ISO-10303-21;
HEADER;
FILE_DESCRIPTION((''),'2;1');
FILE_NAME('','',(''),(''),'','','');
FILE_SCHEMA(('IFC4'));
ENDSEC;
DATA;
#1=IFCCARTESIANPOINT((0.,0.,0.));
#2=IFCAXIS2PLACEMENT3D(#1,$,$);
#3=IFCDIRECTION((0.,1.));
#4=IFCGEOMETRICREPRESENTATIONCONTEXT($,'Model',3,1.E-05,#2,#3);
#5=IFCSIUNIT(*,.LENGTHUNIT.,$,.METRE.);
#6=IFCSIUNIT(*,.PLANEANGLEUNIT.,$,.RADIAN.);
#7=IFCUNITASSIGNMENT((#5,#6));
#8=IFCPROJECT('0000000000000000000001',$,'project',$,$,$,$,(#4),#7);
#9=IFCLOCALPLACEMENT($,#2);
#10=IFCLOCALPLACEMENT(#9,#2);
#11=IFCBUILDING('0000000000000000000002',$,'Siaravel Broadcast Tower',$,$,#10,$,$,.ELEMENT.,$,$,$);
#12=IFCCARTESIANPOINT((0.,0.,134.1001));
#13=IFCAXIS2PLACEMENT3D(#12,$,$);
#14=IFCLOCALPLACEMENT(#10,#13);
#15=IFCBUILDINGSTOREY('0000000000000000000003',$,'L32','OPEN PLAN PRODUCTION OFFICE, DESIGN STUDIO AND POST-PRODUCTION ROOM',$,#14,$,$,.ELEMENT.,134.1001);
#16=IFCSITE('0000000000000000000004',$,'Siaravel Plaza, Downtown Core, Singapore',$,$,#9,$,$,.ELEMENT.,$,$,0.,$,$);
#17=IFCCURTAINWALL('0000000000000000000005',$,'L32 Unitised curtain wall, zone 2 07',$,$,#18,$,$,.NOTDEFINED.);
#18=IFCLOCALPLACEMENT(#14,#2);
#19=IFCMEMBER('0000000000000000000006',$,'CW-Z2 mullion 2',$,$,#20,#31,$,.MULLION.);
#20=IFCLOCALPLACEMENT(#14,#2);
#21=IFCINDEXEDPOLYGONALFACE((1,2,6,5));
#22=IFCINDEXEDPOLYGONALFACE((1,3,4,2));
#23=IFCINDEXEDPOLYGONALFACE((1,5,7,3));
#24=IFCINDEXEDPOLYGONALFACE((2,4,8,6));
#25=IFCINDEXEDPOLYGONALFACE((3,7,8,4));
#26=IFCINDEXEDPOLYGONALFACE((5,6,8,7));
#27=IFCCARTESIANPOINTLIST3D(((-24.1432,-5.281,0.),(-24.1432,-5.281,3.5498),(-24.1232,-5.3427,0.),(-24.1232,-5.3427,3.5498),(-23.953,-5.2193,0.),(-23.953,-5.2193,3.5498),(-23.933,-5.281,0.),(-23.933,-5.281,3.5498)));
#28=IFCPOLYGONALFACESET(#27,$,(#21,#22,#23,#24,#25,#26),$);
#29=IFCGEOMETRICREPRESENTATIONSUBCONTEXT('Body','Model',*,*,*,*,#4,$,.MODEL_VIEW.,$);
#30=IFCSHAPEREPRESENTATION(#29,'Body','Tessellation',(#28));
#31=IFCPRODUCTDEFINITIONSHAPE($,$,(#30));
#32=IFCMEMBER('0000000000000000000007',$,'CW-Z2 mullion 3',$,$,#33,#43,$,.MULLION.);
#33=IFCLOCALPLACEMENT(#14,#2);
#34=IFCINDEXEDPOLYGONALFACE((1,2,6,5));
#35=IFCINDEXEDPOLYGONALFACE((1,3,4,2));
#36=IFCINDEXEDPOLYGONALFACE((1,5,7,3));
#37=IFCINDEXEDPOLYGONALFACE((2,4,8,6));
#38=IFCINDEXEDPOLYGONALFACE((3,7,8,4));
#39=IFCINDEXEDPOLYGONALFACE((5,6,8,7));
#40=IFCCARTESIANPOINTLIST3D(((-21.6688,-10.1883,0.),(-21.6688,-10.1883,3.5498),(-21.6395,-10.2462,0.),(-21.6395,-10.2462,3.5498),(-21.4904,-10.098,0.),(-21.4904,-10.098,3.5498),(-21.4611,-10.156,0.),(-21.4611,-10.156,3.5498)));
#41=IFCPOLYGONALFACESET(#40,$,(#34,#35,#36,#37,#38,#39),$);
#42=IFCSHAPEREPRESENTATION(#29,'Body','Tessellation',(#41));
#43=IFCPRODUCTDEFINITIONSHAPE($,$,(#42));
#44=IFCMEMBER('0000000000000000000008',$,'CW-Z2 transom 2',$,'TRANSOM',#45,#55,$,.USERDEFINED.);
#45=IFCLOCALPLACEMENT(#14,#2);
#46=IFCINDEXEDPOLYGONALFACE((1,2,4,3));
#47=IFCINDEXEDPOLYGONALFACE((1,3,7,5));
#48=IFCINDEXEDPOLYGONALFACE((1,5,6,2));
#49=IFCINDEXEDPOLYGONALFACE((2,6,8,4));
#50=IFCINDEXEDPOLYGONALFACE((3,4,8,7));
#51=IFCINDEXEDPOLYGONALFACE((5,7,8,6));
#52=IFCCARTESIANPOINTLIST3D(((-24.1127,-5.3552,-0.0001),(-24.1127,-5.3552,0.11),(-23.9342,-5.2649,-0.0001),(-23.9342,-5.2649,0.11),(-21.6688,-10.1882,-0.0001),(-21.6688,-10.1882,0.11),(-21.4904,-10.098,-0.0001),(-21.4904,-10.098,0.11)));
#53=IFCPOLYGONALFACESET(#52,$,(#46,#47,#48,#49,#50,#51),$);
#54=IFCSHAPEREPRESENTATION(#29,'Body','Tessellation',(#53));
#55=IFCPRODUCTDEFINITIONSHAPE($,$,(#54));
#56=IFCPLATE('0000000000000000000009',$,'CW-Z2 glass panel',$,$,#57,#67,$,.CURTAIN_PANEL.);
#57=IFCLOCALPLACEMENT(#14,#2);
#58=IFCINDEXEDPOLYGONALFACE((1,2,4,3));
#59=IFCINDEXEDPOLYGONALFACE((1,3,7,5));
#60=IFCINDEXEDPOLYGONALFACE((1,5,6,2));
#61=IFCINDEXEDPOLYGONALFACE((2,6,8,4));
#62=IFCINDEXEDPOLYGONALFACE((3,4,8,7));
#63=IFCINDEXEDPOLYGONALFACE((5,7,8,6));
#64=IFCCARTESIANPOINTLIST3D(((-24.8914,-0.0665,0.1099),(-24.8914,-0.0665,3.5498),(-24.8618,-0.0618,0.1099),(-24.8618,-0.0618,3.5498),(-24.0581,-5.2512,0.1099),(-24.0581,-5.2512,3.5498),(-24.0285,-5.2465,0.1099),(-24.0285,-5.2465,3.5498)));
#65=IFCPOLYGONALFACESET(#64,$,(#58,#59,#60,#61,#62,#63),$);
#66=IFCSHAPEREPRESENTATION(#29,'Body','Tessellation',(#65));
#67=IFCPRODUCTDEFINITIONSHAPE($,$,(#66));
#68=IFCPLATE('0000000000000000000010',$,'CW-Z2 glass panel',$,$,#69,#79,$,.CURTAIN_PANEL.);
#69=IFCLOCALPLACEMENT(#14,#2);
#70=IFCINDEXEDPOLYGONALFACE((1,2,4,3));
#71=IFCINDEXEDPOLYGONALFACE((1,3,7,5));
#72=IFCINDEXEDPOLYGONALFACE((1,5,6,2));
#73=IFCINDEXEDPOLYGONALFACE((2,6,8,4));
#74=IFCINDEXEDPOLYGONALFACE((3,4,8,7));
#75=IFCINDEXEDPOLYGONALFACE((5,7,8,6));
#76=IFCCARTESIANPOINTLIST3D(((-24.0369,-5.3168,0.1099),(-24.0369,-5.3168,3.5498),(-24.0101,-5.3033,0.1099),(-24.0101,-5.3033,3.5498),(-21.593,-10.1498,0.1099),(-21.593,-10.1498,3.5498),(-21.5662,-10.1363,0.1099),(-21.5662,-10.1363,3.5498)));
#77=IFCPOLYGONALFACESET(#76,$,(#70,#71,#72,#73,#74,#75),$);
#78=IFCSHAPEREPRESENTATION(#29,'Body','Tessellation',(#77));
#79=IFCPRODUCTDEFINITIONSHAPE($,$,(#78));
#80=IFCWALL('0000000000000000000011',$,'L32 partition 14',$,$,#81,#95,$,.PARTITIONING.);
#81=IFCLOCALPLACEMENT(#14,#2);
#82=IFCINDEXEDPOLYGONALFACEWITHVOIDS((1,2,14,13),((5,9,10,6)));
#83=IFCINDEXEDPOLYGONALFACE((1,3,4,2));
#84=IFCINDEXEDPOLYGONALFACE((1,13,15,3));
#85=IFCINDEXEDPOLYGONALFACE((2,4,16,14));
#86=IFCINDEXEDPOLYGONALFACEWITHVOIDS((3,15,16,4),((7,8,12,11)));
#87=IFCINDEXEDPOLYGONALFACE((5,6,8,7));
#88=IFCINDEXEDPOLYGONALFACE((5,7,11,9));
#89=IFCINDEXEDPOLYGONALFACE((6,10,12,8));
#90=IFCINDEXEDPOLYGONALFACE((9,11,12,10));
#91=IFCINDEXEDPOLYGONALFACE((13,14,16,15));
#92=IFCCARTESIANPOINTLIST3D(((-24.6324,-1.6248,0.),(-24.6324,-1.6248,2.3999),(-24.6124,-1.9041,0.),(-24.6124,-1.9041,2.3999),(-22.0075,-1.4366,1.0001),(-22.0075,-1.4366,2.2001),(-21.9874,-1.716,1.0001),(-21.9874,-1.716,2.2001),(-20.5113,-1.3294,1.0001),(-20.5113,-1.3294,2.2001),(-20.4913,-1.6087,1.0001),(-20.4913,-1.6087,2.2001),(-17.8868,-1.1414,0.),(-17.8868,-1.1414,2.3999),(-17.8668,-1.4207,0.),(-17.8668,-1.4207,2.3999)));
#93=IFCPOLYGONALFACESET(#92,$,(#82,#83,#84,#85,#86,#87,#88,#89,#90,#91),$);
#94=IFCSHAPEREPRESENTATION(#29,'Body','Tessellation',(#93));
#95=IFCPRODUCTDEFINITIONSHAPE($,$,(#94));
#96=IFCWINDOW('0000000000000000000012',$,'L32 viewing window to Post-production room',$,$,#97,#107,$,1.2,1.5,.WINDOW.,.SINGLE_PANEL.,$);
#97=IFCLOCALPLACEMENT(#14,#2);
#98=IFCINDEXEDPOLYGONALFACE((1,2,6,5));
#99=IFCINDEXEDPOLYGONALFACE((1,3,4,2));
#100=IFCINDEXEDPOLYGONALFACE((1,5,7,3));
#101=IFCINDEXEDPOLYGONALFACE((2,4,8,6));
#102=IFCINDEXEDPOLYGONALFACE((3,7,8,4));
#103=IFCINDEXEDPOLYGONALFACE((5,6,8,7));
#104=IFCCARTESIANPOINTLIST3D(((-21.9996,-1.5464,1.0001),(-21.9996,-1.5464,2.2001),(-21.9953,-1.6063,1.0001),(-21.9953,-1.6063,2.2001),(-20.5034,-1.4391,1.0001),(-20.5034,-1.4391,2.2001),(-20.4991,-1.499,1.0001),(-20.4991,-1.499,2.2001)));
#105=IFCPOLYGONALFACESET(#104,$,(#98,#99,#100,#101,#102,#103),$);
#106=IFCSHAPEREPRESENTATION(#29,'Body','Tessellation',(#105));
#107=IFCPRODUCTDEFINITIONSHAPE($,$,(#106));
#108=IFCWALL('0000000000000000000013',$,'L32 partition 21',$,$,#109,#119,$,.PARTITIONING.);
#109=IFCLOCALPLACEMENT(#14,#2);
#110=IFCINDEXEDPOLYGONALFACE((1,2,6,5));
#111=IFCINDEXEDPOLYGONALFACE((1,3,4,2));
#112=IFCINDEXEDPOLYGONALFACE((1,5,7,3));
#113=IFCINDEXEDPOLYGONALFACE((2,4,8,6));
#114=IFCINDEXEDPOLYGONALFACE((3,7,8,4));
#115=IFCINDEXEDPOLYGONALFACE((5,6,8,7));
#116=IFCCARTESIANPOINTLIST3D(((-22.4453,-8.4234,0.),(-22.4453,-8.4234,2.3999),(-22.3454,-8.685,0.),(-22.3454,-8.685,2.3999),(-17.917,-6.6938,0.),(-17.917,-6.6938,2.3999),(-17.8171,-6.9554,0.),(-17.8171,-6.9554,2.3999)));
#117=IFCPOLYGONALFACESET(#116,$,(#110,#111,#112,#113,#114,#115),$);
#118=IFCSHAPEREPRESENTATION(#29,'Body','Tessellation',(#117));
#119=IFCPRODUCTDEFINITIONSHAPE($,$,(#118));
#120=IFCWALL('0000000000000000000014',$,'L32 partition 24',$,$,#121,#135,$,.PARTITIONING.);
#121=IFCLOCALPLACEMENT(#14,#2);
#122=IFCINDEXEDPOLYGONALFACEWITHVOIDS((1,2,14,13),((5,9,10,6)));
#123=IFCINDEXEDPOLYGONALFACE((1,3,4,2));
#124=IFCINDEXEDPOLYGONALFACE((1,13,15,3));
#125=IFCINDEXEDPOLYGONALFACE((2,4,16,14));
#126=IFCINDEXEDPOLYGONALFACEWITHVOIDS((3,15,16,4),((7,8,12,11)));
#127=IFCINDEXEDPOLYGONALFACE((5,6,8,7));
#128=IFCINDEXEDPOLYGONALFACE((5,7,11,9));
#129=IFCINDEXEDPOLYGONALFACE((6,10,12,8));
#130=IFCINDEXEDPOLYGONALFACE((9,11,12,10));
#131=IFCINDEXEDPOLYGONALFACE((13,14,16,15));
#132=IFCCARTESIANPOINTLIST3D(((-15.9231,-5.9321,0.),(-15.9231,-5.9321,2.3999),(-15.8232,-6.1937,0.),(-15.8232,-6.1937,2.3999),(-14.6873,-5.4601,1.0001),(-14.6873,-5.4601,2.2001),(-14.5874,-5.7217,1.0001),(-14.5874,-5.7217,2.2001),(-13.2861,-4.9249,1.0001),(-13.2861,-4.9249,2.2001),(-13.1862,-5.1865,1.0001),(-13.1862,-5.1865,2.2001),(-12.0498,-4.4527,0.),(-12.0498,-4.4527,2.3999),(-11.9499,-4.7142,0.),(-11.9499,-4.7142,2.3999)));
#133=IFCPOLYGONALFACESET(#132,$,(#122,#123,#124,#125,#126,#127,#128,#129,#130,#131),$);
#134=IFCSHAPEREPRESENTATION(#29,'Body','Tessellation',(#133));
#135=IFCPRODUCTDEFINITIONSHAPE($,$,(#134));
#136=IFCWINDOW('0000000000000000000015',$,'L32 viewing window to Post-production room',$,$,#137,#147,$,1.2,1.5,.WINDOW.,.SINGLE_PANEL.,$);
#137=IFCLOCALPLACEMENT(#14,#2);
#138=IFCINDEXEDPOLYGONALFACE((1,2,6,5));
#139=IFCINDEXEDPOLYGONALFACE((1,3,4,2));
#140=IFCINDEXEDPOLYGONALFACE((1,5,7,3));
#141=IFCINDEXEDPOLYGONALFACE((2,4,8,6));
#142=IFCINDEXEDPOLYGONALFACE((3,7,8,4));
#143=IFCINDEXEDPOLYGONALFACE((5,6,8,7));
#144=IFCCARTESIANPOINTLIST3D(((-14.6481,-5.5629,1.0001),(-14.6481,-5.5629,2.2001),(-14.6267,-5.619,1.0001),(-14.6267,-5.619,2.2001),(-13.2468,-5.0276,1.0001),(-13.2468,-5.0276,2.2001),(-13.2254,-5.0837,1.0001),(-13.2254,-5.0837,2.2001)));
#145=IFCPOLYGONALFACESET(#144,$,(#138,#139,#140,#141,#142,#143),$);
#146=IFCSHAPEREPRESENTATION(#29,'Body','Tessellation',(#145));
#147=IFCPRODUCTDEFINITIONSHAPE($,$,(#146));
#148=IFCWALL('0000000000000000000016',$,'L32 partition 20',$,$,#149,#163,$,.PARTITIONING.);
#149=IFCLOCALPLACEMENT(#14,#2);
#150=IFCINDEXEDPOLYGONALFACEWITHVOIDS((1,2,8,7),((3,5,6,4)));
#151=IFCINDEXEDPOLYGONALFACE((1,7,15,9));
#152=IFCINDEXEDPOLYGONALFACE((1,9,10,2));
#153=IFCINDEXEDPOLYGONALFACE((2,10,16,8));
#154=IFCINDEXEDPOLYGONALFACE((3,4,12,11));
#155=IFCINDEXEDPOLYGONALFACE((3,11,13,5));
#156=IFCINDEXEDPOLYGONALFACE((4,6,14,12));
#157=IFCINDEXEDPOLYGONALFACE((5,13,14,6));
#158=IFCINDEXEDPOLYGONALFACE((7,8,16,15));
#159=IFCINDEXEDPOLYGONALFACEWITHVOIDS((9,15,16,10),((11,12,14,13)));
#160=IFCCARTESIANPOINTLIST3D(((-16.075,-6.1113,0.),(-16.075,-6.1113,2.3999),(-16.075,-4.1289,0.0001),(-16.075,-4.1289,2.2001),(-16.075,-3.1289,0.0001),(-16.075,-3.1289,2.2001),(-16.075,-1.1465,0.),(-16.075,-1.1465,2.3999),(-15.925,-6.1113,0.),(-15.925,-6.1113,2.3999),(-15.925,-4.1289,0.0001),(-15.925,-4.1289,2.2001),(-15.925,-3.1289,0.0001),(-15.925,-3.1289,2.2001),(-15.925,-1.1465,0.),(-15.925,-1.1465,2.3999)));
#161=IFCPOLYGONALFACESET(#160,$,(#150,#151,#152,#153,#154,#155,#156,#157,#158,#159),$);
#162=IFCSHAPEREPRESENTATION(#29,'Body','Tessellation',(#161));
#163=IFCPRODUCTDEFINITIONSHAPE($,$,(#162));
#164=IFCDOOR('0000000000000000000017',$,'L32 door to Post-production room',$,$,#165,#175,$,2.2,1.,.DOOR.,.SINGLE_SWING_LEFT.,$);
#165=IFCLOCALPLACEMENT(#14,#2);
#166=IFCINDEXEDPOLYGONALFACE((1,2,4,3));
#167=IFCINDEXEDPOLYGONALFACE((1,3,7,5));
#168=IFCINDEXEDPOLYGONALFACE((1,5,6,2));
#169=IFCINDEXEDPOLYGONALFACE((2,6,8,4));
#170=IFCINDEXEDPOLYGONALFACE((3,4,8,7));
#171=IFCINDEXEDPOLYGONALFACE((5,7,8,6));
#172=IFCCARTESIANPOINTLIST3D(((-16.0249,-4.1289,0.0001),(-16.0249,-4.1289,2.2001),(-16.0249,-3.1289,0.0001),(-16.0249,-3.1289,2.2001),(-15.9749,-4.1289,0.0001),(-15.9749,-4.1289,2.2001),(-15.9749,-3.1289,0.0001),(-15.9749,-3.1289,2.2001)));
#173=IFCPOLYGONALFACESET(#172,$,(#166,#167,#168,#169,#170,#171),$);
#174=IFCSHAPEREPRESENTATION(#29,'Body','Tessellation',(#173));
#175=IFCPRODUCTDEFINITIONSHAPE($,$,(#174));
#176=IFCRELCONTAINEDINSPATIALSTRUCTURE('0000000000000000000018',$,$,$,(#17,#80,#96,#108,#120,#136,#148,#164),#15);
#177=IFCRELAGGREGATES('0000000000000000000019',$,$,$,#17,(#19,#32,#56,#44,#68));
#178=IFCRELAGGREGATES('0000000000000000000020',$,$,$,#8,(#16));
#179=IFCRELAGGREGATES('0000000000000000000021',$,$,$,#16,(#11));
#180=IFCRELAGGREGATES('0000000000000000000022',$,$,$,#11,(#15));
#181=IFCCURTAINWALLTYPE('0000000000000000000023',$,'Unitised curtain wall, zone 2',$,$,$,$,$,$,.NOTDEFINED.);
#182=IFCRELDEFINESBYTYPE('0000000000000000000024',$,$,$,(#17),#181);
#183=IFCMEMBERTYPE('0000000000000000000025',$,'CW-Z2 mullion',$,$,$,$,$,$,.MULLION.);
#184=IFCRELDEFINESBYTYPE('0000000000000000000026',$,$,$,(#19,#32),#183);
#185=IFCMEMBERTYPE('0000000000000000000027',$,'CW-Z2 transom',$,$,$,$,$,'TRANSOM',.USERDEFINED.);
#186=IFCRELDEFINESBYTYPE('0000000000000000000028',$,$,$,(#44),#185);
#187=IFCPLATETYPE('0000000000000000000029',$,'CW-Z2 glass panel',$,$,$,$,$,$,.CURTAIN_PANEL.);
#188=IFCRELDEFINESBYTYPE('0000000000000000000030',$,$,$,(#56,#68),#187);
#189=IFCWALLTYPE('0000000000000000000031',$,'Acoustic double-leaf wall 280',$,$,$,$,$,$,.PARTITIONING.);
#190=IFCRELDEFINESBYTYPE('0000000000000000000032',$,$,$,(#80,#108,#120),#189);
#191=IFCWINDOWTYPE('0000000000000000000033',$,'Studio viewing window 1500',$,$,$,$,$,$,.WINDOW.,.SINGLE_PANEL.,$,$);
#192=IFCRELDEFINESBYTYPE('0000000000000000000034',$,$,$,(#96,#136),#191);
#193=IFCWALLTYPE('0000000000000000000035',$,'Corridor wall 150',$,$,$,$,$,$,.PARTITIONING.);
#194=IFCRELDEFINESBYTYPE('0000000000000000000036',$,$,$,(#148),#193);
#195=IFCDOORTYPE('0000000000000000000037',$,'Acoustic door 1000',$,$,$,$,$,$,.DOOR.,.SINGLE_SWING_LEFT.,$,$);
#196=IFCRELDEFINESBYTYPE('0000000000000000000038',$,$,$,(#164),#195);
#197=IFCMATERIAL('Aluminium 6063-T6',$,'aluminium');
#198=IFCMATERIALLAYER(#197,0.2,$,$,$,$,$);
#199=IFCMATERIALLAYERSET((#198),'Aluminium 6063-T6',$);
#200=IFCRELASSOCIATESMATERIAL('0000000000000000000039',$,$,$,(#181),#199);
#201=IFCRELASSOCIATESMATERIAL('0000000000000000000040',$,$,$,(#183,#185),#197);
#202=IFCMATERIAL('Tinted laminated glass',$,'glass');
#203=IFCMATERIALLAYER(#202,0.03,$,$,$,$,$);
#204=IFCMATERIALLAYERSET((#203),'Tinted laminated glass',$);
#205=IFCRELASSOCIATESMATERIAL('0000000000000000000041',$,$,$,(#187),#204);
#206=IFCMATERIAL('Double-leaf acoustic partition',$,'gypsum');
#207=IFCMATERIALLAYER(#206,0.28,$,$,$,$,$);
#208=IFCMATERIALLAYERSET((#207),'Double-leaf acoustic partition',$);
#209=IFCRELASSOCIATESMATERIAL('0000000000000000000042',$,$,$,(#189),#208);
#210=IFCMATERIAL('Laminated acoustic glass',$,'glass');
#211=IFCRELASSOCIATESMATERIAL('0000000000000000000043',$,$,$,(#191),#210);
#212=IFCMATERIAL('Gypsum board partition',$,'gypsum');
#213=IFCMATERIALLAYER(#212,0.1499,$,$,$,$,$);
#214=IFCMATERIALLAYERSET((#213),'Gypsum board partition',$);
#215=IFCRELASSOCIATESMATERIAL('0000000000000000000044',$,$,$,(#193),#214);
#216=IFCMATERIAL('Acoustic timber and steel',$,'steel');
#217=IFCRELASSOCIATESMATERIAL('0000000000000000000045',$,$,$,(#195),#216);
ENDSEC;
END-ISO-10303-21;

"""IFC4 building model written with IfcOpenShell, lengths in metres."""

from ifc_helpers import new_model, si_unit, direction, frame, frame_2d, origin, origin_2d, place, context, subcontext, project, spatial, rectangle, extrude, material, layer, layer_set, material_profile, profile_set, type_object, element, fill, aggregate, save


model = new_model("IFC4")

# Units and contexts
model_context = context("Model", 3, precision=1e-05, world=origin(), true_north=direction((0.0, 1.0)))
body_context = subcontext(model_context, "Body", "Model", "MODEL_VIEW")
ifc_project = project(units=[si_unit("LENGTHUNIT", "METRE"), si_unit("PLANEANGLEUNIT", "RADIAN")], contexts=[model_context])

# Site, building, storey
site_placement = place(None, origin())
site = spatial("IfcSite", under=ifc_project, at=site_placement, Name="Siaravel Plaza, Downtown Core, Singapore", CompositionType="ELEMENT", RefElevation=0.0)
building_placement = place(site_placement, origin())
building = spatial("IfcBuilding", under=site, at=building_placement, Name="Siaravel Broadcast Tower", CompositionType="ELEMENT")
storey_placement = place(building_placement, frame((0.0, 0.0, 134.1001)))
storey = spatial("IfcBuildingStorey", under=building, at=storey_placement, Name="L32", Description="OPEN PLAN PRODUCTION OFFICE, DESIGN STUDIO AND POST-PRODUCTION ROOM", CompositionType="ELEMENT", Elevation=134.1001)

# Curtain wall, members, plates
ifc_material_1 = material(Name="Aluminium 6063-T6", Category="aluminium")
ifc_layer_1 = layer(ifc_material_1, 0.2)
ifc_layer_set_1 = layer_set([ifc_layer_1], Name="Aluminium 6063-T6")
curtain_wall_type = type_object("IfcCurtainWallType", Name="Unitised curtain wall, zone 2", PredefinedType="NOTDEFINED", material=ifc_layer_set_1)
curtain_wall_placement = place(storey_placement, origin())
curtain_wall = element("IfcCurtainWall", 1, at=curtain_wall_placement, inside=storey, type_object=curtain_wall_type, Name="L32 Unitised curtain wall, zone 2 07", PredefinedType="NOTDEFINED")
ifc_material_profile_1 = material_profile(ifc_material_1, rectangle(XDim=0.2, YDim=0.0649, at=origin_2d()))
ifc_profile_set_1 = profile_set([ifc_material_profile_1], Name="Aluminium 6063-T6")
member_type_1 = type_object("IfcMemberType", Name="CW-Z2 mullion", PredefinedType="MULLION", material=ifc_profile_set_1)
member_1_placement = place(storey_placement, frame((-24.0381, -5.281, 0.0), z_axis=(0.0, 0.0, 1.0), x_axis=(0.951178, 0.308644, 0.0)))
member_1 = element("IfcMember", 2, at=member_1_placement, type_object=member_type_1, Name="CW-Z2 mullion 2", PredefinedType="MULLION", context=body_context, shape_type="SweptSolid", body=[
    extrude(rectangle(XDim=0.2, YDim=0.0649, at=origin_2d()), origin(), (0.0, 0.0, 1.0), 3.5498),
])
member_2_placement = place(storey_placement, frame((-21.5649, -10.1721, 0.0), z_axis=(0.0, 0.0, 1.0), x_axis=(0.892393, 0.451259, 0.0)))
member_2 = element("IfcMember", 3, at=member_2_placement, type_object=member_type_1, Name="CW-Z2 mullion 3", PredefinedType="MULLION", context=body_context, shape_type="SweptSolid", body=[
    extrude(rectangle(XDim=0.2, YDim=0.0649, at=origin_2d()), origin(), (0.0, 0.0, 1.0), 3.5498),
])
ifc_material_profile_2 = material_profile(ifc_material_1, rectangle(XDim=0.2, YDim=0.1101, at=origin_2d()))
ifc_profile_set_2 = profile_set([ifc_material_profile_2], Name="Aluminium 6063-T6")
member_type_2 = type_object("IfcMemberType", Name="CW-Z2 transom", ElementType="TRANSOM", PredefinedType="USERDEFINED", material=ifc_profile_set_2)
member_3_placement = place(storey_placement, frame((-24.0234, -5.3101, 0.0549), z_axis=(0.451248, -0.892398, 0.0), x_axis=(0.892398, 0.451248, 0.0)))
member_3 = element("IfcMember", 4, at=member_3_placement, type_object=member_type_2, Name="CW-Z2 transom 2", ObjectType="TRANSOM", PredefinedType="USERDEFINED", context=body_context, shape_type="SweptSolid", body=[
    extrude(rectangle(XDim=0.2, YDim=0.1101, at=origin_2d()), origin(), (0.0, 0.0, 1.0), 5.4158),
])
ifc_material_2 = material(Name="Tinted laminated glass", Category="glass")
ifc_layer_2 = layer(ifc_material_2, 0.03)
ifc_layer_set_2 = layer_set([ifc_layer_2], Name="Tinted laminated glass")
plate_type = type_object("IfcPlateType", Name="CW-Z2 glass panel", PredefinedType="CURTAIN_PANEL", material=ifc_layer_set_2)
plate_1_placement = place(storey_placement, frame((-24.46, -2.6565, 0.1099), z_axis=(0.0, 0.0, 1.0), x_axis=(0.158685, -0.987329, 0.0)))
plate_1 = element("IfcPlate", 5, at=plate_1_placement, type_object=plate_type, Name="CW-Z2 glass panel", PredefinedType="CURTAIN_PANEL", context=body_context, shape_type="SweptSolid", body=[
    extrude(rectangle(XDim=5.2512, YDim=0.03, at=origin_2d()), origin(), (0.0, 0.0, 1.0), 3.4399),
])
plate_2_placement = place(storey_placement, frame((-22.8015, -7.7266, 0.1099), z_axis=(0.0, 0.0, 1.0), x_axis=(0.451259, -0.892393, 0.0)))
plate_2 = element("IfcPlate", 6, at=plate_2_placement, type_object=plate_type, Name="CW-Z2 glass panel", PredefinedType="CURTAIN_PANEL", context=body_context, shape_type="SweptSolid", body=[
    extrude(rectangle(XDim=5.4158, YDim=0.03, at=origin_2d()), origin(), (0.0, 0.0, 1.0), 3.4399),
])
aggregate(curtain_wall, [member_1, member_2, plate_1, member_3, plate_2])

# Wall, opening, window
ifc_material_3 = material(Name="Double-leaf acoustic partition", Category="gypsum")
ifc_layer_3 = layer(ifc_material_3, 0.28)
ifc_layer_set_3 = layer_set([ifc_layer_3], Name="Double-leaf acoustic partition")
wall_type_1 = type_object("IfcWallType", Name="Acoustic double-leaf wall 280", PredefinedType="PARTITIONING", material=ifc_layer_set_3)
wall_1_placement = place(storey_placement, frame((-24.6223, -1.7644, 0.0), z_axis=(0.0, 0.0, 1.0), x_axis=(0.997442, 0.071478, 0.0)))
wall_1 = element("IfcWall", 7, at=wall_1_placement, inside=storey, type_object=wall_type_1, Name="L32 partition 14", PredefinedType="PARTITIONING", context=body_context, shape_type="SweptSolid", body=[
    extrude(rectangle(XDim=6.7629, YDim=0.28, at=frame_2d((3.3813, 0.0))), origin(), (0.0, 0.0, 1.0), 2.3999),
])
opening_1_placement = place(wall_1_placement, frame((2.6316, 0.0, 1.0)))
opening_1 = element("IfcOpeningElement", 8, at=opening_1_placement, cuts=wall_1, PredefinedType="OPENING", context=body_context, shape_type="SweptSolid", body=[
    extrude(rectangle(XDim=1.5, YDim=1.2, at=frame_2d((0.75, 0.6001))), frame((0.0, 0.1499, 0.0), z_axis=(0.0, -1.0, 0.0), x_axis=(1.0, 0.0, 0.0)), (0.0, 0.0, 1.0), 0.3),
])
ifc_material_4 = material(Name="Laminated acoustic glass", Category="glass")
window_type = type_object("IfcWindowType", Name="Studio viewing window 1500", PartitioningType="SINGLE_PANEL", PredefinedType="WINDOW", material=ifc_material_4)
window_1_placement = place(opening_1_placement, origin())
window_1 = element("IfcWindow", 9, at=window_1_placement, inside=storey, type_object=window_type, Name="L32 viewing window to Post-production room", OverallHeight=1.2, OverallWidth=1.5, PartitioningType="SINGLE_PANEL", PredefinedType="WINDOW", context=body_context, shape_type="SweptSolid", body=[
    extrude(rectangle(XDim=1.5, YDim=1.2, at=frame_2d((0.75, 0.6001))), frame((0.0, 0.03, 0.0), z_axis=(0.0, -1.0, 0.0), x_axis=(1.0, 0.0, 0.0)), (0.0, 0.0, 1.0), 0.0601),
])
fill(opening_1, window_1)

# Wall
wall_2_placement = place(storey_placement, frame((-22.3955, -8.5542, 0.0), z_axis=(0.0, 0.0, 1.0), x_axis=(0.934184, 0.356791, 0.0)))
element("IfcWall", 10, at=wall_2_placement, inside=storey, type_object=wall_type_1, Name="L32 partition 21", PredefinedType="PARTITIONING", context=body_context, shape_type="SweptSolid", body=[
    extrude(rectangle(XDim=4.8474, YDim=0.28, at=frame_2d((2.4238, 0.0))), origin(), (0.0, 0.0, 1.0), 2.3999),
])

# Wall, opening, window
wall_3_placement = place(storey_placement, frame((-15.8733, -6.063, 0.0), z_axis=(0.0, 0.0, 1.0), x_axis=(0.93417, 0.356828, 0.0)))
wall_3 = element("IfcWall", 11, at=wall_3_placement, inside=storey, type_object=wall_type_1, Name="L32 partition 24", PredefinedType="PARTITIONING", context=body_context, shape_type="SweptSolid", body=[
    extrude(rectangle(XDim=4.1462, YDim=0.28, at=frame_2d((2.0732, 0.0))), origin(), (0.0, 0.0, 1.0), 2.3999),
])
opening_2_placement = place(wall_3_placement, frame((1.323, 0.0, 1.0)))
opening_2 = element("IfcOpeningElement", 12, at=opening_2_placement, cuts=wall_3, PredefinedType="OPENING", context=body_context, shape_type="SweptSolid", body=[
    extrude(rectangle(XDim=1.5, YDim=1.2, at=frame_2d((0.75, 0.6001))), frame((0.0, 0.1499, 0.0), z_axis=(0.0, -1.0, 0.0), x_axis=(1.0, 0.0, 0.0)), (0.0, 0.0, 1.0), 0.3),
])
window_2_placement = place(opening_2_placement, origin())
window_2 = element("IfcWindow", 13, at=window_2_placement, inside=storey, type_object=window_type, Name="L32 viewing window to Post-production room", OverallHeight=1.2, OverallWidth=1.5, PartitioningType="SINGLE_PANEL", PredefinedType="WINDOW", context=body_context, shape_type="SweptSolid", body=[
    extrude(rectangle(XDim=1.5, YDim=1.2, at=frame_2d((0.75, 0.6001))), frame((0.0, 0.03, 0.0), z_axis=(0.0, -1.0, 0.0), x_axis=(1.0, 0.0, 0.0)), (0.0, 0.0, 1.0), 0.0601),
])
fill(opening_2, window_2)

# Wall, opening, door
ifc_material_5 = material(Name="Gypsum board partition", Category="gypsum")
ifc_layer_4 = layer(ifc_material_5, 0.1499)
ifc_layer_set_4 = layer_set([ifc_layer_4], Name="Gypsum board partition")
wall_type_2 = type_object("IfcWallType", Name="Corridor wall 150", PredefinedType="PARTITIONING", material=ifc_layer_set_4)
wall_4_placement = place(storey_placement, frame((-16.0, -6.1113, 0.0), z_axis=(0.0, 0.0, 1.0), x_axis=(0.0, 1.0, 0.0)))
wall_4 = element("IfcWall", 14, at=wall_4_placement, inside=storey, type_object=wall_type_2, Name="L32 partition 20", PredefinedType="PARTITIONING", context=body_context, shape_type="SweptSolid", body=[
    extrude(rectangle(XDim=4.9648, YDim=0.1499, at=frame_2d((2.4824, 0.0))), origin(), (0.0, 0.0, 1.0), 2.3999),
])
opening_3_placement = place(wall_4_placement, frame((1.9824, 0.0, 0.0)))
opening_3 = element("IfcOpeningElement", 15, at=opening_3_placement, cuts=wall_4, PredefinedType="OPENING", context=body_context, shape_type="SweptSolid", body=[
    extrude(rectangle(XDim=1.0, YDim=2.2, at=frame_2d((0.5, 1.1001))), frame((0.0, 0.085, 0.0), z_axis=(0.0, -1.0, 0.0), x_axis=(1.0, 0.0, 0.0)), (0.0, 0.0, 1.0), 0.1699),
])
ifc_material_6 = material(Name="Acoustic timber and steel", Category="steel")
door_type = type_object("IfcDoorType", Name="Acoustic door 1000", OperationType="SINGLE_SWING_LEFT", PredefinedType="DOOR", material=ifc_material_6)
door_placement = place(opening_3_placement, origin())
door = element("IfcDoor", 16, at=door_placement, inside=storey, type_object=door_type, Name="L32 door to Post-production room", OperationType="SINGLE_SWING_LEFT", OverallHeight=2.2, OverallWidth=1.0, PredefinedType="DOOR", context=body_context, shape_type="SweptSolid", body=[
    extrude(rectangle(XDim=1.0, YDim=2.2, at=frame_2d((0.5, 1.1001))), frame((0.0, 0.0249, 0.0), z_axis=(0.0, -1.0, 0.0), x_axis=(1.0, 0.0, 0.0)), (0.0, 0.0, 1.0), 0.05),
])
fill(opening_3, door)

save(model, "model.ifc")
